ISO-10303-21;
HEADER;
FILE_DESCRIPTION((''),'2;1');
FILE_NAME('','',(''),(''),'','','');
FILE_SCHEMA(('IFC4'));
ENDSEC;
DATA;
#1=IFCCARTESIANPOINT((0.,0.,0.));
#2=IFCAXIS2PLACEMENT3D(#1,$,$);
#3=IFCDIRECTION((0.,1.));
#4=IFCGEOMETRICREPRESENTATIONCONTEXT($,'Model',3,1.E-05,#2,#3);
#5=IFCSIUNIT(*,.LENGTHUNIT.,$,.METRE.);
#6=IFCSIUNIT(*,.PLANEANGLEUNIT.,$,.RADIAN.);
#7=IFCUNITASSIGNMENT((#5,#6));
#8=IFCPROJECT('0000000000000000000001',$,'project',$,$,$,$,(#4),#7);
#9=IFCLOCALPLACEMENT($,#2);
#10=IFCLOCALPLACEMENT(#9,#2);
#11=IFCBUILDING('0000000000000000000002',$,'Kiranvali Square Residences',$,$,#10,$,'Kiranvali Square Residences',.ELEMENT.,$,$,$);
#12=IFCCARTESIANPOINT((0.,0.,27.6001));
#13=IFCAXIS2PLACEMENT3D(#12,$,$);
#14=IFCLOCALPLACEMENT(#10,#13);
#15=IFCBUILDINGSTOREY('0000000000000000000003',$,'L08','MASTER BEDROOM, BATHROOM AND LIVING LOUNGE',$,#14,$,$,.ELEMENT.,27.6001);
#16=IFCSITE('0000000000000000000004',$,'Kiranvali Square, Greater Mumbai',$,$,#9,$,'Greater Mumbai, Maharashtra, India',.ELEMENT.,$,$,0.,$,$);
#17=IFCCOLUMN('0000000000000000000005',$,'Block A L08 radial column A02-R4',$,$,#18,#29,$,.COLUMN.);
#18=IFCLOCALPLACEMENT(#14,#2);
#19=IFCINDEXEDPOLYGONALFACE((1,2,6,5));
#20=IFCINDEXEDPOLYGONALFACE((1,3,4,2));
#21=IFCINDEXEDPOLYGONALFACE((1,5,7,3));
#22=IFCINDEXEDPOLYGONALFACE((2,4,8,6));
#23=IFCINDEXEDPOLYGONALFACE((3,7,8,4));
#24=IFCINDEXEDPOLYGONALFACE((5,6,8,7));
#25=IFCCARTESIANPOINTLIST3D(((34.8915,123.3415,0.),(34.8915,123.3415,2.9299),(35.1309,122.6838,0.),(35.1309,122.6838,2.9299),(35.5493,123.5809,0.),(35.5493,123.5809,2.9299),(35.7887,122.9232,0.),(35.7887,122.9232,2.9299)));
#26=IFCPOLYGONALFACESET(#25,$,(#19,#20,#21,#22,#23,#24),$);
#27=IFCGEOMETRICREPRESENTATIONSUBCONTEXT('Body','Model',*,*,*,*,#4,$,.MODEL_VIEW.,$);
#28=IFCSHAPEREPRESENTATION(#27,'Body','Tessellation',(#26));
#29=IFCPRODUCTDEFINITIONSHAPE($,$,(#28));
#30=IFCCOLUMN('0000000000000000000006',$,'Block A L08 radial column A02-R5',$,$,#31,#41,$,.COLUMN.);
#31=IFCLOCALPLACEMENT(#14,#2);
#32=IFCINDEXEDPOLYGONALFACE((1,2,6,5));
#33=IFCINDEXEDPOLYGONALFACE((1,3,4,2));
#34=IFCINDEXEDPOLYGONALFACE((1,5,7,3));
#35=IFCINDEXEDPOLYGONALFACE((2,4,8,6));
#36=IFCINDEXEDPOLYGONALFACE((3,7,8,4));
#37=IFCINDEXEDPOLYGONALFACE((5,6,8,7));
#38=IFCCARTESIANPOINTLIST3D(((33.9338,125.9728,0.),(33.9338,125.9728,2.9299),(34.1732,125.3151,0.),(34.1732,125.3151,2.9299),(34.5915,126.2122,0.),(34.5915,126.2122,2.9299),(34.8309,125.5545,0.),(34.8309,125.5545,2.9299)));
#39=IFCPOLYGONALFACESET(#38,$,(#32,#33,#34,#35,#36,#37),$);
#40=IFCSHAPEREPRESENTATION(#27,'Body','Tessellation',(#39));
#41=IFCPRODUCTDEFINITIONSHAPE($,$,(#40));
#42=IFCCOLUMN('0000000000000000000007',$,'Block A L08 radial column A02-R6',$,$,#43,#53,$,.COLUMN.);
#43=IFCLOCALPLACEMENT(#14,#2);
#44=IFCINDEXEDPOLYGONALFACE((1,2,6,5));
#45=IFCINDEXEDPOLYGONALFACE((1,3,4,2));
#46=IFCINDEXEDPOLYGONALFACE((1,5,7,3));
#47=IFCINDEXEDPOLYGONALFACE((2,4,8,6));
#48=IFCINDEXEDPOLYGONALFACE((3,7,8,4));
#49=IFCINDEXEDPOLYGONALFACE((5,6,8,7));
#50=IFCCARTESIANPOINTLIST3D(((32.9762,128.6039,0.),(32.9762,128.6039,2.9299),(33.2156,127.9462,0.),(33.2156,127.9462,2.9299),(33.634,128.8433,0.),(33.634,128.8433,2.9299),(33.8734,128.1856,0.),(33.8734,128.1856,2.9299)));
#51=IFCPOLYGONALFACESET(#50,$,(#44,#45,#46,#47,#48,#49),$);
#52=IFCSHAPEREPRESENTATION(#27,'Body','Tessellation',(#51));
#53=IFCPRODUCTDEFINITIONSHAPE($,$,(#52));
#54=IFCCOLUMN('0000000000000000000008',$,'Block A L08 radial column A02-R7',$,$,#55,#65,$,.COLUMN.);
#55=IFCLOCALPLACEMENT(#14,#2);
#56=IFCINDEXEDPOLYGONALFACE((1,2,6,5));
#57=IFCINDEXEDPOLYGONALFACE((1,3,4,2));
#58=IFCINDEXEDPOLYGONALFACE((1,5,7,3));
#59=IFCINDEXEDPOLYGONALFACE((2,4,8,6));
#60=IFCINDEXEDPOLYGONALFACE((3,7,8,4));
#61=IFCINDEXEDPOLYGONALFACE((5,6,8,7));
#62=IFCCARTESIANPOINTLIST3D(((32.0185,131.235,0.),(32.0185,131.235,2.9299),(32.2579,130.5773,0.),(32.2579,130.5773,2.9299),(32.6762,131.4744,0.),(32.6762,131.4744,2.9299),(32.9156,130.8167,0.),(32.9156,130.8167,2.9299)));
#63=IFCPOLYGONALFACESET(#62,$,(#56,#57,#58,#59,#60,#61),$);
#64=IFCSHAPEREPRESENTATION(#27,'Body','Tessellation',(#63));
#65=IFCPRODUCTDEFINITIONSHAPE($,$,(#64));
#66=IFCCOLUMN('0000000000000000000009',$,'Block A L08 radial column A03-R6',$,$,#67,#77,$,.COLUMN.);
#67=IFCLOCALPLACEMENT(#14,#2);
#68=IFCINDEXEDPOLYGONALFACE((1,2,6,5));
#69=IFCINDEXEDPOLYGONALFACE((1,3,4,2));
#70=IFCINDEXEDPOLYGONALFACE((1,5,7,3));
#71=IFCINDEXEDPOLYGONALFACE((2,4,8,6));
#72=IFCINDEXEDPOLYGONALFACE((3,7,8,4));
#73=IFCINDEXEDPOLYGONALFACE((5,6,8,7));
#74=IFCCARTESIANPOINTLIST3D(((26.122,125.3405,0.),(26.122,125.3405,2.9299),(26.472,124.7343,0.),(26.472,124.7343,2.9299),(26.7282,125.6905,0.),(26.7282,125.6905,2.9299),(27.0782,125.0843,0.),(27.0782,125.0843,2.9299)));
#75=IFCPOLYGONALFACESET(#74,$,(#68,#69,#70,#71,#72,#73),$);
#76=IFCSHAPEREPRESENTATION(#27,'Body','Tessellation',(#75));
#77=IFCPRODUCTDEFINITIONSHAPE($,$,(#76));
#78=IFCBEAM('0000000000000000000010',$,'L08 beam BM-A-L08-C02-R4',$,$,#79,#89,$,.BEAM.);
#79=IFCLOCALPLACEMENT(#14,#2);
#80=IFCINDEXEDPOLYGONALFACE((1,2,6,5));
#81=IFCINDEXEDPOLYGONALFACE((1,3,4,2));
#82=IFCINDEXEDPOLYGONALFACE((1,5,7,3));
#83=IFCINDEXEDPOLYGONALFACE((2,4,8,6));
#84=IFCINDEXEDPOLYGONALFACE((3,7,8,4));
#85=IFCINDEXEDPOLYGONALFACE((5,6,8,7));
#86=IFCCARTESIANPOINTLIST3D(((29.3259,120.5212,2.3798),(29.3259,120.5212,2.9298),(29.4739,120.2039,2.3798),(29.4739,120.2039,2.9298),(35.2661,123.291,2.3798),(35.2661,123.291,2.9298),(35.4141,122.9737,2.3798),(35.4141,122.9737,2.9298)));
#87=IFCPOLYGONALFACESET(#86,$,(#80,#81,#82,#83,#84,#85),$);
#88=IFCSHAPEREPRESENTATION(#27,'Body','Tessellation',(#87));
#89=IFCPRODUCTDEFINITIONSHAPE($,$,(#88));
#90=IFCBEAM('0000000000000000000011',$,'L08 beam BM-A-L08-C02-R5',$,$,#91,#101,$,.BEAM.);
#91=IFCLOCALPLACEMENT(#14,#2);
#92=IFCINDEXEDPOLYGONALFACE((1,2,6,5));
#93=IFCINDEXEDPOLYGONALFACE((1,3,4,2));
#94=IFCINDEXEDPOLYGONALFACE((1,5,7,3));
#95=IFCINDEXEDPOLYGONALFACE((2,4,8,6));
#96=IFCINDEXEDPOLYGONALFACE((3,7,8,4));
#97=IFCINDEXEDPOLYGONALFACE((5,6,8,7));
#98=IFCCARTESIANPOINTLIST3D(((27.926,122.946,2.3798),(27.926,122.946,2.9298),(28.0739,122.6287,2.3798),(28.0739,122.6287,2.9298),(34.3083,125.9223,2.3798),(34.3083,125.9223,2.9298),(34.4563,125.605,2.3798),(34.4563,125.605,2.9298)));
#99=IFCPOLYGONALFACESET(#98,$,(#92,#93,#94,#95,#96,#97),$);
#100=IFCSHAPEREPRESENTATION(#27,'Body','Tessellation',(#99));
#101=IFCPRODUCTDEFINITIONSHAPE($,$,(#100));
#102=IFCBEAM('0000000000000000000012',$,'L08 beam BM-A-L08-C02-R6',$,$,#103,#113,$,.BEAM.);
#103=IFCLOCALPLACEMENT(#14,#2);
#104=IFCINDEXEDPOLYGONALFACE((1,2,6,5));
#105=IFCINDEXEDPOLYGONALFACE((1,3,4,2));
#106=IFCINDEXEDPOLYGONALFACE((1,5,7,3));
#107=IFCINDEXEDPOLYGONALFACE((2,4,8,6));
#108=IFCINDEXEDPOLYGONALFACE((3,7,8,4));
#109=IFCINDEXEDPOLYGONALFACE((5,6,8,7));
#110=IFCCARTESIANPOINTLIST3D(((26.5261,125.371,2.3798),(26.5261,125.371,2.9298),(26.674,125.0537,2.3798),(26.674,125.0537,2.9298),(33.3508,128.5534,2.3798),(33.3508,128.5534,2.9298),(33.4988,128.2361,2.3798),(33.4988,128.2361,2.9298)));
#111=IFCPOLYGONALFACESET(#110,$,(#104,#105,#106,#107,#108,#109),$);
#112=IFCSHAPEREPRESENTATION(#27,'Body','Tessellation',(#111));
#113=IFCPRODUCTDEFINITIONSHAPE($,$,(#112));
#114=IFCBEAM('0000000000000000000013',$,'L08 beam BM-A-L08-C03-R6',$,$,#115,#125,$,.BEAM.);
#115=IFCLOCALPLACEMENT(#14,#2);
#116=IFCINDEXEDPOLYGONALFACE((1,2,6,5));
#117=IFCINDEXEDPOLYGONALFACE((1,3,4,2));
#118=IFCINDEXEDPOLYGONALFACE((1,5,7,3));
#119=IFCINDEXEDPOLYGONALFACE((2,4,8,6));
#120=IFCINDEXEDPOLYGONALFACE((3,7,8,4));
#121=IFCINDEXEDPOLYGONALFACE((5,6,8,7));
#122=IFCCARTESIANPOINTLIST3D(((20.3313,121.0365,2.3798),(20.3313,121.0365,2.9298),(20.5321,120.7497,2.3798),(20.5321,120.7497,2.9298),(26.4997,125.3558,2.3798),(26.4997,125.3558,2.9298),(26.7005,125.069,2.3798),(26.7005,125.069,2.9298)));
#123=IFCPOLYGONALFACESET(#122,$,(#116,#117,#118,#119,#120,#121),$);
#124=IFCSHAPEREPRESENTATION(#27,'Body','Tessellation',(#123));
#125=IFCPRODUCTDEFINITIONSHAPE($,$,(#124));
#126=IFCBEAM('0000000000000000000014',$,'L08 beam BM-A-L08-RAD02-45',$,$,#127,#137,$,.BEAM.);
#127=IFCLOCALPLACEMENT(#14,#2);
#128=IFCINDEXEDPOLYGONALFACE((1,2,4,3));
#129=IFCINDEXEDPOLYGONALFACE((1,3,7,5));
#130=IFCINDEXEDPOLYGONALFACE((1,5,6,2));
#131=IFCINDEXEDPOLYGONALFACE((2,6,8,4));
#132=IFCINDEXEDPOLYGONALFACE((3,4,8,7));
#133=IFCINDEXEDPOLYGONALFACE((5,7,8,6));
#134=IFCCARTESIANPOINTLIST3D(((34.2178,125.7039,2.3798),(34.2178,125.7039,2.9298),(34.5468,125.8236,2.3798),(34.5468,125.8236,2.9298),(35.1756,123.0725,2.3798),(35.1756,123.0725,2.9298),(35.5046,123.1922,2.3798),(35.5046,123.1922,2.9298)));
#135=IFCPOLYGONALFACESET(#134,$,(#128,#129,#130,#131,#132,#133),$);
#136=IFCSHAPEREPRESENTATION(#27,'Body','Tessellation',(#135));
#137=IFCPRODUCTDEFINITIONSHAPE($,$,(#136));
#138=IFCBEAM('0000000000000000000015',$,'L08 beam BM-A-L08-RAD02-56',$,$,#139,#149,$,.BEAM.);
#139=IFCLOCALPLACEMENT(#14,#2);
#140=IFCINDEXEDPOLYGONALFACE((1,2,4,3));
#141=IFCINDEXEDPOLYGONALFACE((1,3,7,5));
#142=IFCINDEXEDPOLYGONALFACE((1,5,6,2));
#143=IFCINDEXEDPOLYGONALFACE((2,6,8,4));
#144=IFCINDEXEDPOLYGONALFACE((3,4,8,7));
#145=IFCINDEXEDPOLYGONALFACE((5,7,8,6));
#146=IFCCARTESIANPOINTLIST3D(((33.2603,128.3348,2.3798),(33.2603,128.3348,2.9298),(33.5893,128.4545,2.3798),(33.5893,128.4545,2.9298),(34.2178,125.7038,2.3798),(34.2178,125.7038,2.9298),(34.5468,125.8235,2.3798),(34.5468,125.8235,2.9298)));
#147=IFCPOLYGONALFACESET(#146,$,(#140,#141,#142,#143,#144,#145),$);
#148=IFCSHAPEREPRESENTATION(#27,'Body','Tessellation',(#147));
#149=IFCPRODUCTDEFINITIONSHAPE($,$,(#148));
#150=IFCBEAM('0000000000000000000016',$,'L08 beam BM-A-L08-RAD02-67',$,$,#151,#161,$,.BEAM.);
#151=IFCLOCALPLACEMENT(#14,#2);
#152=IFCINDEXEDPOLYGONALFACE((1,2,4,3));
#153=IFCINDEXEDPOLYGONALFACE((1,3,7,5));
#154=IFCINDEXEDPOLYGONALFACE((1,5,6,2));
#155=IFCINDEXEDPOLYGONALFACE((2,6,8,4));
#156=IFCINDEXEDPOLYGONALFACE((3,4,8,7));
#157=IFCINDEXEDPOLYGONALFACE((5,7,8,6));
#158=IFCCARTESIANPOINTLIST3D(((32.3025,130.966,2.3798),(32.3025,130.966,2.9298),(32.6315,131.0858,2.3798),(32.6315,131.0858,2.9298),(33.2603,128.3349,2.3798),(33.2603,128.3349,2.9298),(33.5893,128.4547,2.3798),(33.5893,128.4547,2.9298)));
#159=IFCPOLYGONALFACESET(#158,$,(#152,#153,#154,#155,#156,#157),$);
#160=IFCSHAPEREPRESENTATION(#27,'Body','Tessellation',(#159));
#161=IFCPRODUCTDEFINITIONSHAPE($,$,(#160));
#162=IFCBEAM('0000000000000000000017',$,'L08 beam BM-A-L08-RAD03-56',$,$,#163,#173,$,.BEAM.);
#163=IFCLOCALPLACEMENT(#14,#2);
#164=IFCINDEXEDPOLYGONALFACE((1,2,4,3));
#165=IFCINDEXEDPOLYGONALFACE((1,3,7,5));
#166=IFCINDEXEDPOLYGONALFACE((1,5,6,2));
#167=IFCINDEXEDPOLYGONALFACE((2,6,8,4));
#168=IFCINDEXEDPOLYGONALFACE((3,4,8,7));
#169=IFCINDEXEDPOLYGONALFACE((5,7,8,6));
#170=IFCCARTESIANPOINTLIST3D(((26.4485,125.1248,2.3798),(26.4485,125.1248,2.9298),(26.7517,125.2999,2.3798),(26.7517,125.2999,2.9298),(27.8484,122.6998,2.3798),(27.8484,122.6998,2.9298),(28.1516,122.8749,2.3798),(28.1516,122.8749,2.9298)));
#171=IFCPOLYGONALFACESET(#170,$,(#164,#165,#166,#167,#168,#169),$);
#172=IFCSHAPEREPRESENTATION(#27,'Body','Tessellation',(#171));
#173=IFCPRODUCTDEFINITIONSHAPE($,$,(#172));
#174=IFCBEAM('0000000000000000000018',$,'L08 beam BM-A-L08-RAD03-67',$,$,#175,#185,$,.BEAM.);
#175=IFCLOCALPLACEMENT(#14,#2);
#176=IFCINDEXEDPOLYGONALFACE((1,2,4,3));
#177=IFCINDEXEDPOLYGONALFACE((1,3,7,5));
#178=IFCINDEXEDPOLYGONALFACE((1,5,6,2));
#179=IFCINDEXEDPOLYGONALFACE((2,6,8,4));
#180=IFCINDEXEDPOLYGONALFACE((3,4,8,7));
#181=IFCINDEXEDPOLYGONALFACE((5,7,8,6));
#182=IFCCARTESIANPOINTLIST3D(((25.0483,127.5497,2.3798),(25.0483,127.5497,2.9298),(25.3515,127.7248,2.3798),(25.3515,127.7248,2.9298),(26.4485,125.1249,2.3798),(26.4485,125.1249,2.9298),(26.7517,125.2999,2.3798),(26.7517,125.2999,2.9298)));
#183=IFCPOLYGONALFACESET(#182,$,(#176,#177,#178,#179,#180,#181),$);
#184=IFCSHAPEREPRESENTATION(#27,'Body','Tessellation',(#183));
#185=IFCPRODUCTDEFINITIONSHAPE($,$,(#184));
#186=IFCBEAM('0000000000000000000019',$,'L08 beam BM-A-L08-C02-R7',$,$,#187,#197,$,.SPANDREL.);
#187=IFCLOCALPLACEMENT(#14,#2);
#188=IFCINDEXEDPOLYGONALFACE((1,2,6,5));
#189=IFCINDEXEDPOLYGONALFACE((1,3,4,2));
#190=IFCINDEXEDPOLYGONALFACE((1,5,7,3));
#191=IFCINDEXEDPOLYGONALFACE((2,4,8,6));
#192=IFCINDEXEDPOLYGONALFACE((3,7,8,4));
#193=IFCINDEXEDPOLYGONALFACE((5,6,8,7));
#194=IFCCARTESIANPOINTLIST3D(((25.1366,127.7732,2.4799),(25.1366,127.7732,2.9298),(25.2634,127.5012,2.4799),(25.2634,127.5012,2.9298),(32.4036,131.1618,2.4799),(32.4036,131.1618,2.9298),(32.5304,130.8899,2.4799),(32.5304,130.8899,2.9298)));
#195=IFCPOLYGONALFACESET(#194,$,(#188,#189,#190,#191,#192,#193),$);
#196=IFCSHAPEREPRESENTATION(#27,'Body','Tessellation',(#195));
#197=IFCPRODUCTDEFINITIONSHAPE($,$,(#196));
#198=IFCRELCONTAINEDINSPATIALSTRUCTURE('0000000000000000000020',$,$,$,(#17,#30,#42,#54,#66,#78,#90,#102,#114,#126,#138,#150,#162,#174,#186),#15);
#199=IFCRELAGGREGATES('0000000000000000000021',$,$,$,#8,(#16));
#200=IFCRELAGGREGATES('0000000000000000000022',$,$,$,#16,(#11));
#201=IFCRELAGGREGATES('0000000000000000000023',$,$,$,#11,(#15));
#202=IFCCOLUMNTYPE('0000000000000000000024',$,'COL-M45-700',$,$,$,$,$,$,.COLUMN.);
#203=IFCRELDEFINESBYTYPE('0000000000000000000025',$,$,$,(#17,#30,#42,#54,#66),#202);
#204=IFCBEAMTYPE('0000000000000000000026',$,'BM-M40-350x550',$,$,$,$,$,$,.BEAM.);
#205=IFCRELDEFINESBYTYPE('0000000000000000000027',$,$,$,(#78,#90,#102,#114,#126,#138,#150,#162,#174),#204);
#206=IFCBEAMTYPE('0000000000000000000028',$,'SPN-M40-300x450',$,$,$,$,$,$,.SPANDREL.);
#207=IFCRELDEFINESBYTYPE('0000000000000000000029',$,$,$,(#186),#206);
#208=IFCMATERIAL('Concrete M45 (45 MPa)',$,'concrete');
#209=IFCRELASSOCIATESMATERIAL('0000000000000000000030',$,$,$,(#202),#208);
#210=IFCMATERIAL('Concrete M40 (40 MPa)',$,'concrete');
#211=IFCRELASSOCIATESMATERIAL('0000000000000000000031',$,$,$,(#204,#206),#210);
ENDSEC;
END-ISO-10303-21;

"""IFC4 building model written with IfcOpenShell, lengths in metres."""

from ifc_helpers import new_model, si_unit, direction, frame, origin, origin_2d, place, context, subcontext, project, spatial, rectangle, extrude, material, material_profile, profile_set, type_object, element, save


model = new_model("IFC4")

# Units and contexts
model_context = context("Model", 3, precision=1e-05, world=origin(), true_north=direction((0.0, 1.0)))
body_context = subcontext(model_context, "Body", "Model", "MODEL_VIEW")
ifc_project = project(units=[si_unit("LENGTHUNIT", "METRE"), si_unit("PLANEANGLEUNIT", "RADIAN")], contexts=[model_context])

# Site, building, storey
site_placement = place(None, origin())
site = spatial("IfcSite", under=ifc_project, at=site_placement, Name="Kiranvali Square, Greater Mumbai", LongName="Greater Mumbai, Maharashtra, India", CompositionType="ELEMENT", RefElevation=0.0)
building_placement = place(site_placement, origin())
building = spatial("IfcBuilding", under=site, at=building_placement, Name="Kiranvali Square Residences", LongName="Kiranvali Square Residences", CompositionType="ELEMENT")
storey_placement = place(building_placement, frame((0.0, 0.0, 27.6001)))
storey = spatial("IfcBuildingStorey", under=building, at=storey_placement, Name="L08", Description="MASTER BEDROOM, BATHROOM AND LIVING LOUNGE", CompositionType="ELEMENT", Elevation=27.6001)

# Columns
ifc_material_1 = material(Name="Concrete M45 (45 MPa)", Category="concrete")
ifc_material_profile_1 = material_profile(ifc_material_1, rectangle(XDim=0.7, YDim=0.7, at=origin_2d()), Name="RC 700x700")
ifc_profile_set_1 = profile_set([ifc_material_profile_1], Name="Concrete M45 (45 MPa)")
column_type = type_object("IfcColumnType", Name="COL-M45-700", PredefinedType="COLUMN", material=ifc_profile_set_1)
for number, where, z_axis, x_axis, name in (
    (1, (35.3401, 123.1323, 0.0), (0.0, 0.0, 1.0), (0.939693, 0.34202, 0.0), "Block A L08 radial column A02-R4"),
    (2, (34.3823, 125.7637, 0.0), (0.0, 0.0, 1.0), (0.939693, 0.34202, 0.0), "Block A L08 radial column A02-R5"),
    (3, (33.4248, 128.3948, 0.0), (0.0, 0.0, 1.0), (0.939693, 0.34202, 0.0), "Block A L08 radial column A02-R6"),
    (4, (32.467, 131.0259, 0.0), (0.0, 0.0, 1.0), (0.939693, 0.34202, 0.0), "Block A L08 radial column A02-R7"),
    (5, (26.6001, 125.2124, 0.0), (0.0, 0.0, 1.0), (0.866025, 0.5, 0.0), "Block A L08 radial column A03-R6"),
):
    element("IfcColumn", number, at=place(storey_placement, frame(where, z_axis=z_axis, x_axis=x_axis)), inside=storey, type_object=column_type, Name=name, PredefinedType="COLUMN", context=body_context, shape_type="SweptSolid", body=[
        extrude(rectangle(XDim=0.7, YDim=0.7, at=origin_2d()), origin(), (0.0, 0.0, 1.0), 2.9299),
    ])

# Beams
ifc_material_2 = material(Name="Concrete M40 (40 MPa)", Category="concrete")
ifc_material_profile_2 = material_profile(ifc_material_2, rectangle(XDim=0.3501, YDim=0.55, at=origin_2d()), Name="RC 350x550")
ifc_profile_set_2 = profile_set([ifc_material_profile_2], Name="Concrete M40 (40 MPa)")
beam_type_1 = type_object("IfcBeamType", Name="BM-M40-350x550", PredefinedType="BEAM", material=ifc_profile_set_2)
beam_1_placement = place(storey_placement, frame((35.3401, 123.1323, 2.6548), z_axis=(-0.906318, -0.422596, 0.0), x_axis=(0.422596, -0.906318, 0.0)))
element("IfcBeam", 6, at=beam_1_placement, inside=storey, type_object=beam_type_1, Name="L08 beam BM-A-L08-C02-R4", PredefinedType="BEAM", context=body_context, shape_type="SweptSolid", body=[
    extrude(rectangle(XDim=0.3501, YDim=0.55, at=origin_2d()), origin(), (0.0, 0.0, 1.0), 6.5542),
])
beam_2_placement = place(storey_placement, frame((34.3823, 125.7637, 2.6548), z_axis=(-0.906297, -0.422641, 0.0), x_axis=(0.422641, -0.906297, 0.0)))
element("IfcBeam", 7, at=beam_2_placement, inside=storey, type_object=beam_type_1, Name="L08 beam BM-A-L08-C02-R5", PredefinedType="BEAM", context=body_context, shape_type="SweptSolid", body=[
    extrude(rectangle(XDim=0.3501, YDim=0.55, at=origin_2d()), origin(), (0.0, 0.0, 1.0), 7.0422),
])
for number, where, z_axis, x_axis, name in (
    (8, (33.4248, 128.3948, 2.6548), (-0.90631, -0.422614, 0.0), (0.422614, -0.90631, 0.0), "L08 beam BM-A-L08-C02-R6"),
    (9, (26.6001, 125.2124, 2.6548), (-0.819144, -0.573589, 0.0), (0.573589, -0.819144, 0.0), "L08 beam BM-A-L08-C03-R6"),
):
    element("IfcBeam", number, at=place(storey_placement, frame(where, z_axis=z_axis, x_axis=x_axis)), inside=storey, type_object=beam_type_1, Name=name, PredefinedType="BEAM", context=body_context, shape_type="SweptSolid", body=[
        extrude(rectangle(XDim=0.3501, YDim=0.55, at=origin_2d()), origin(), (0.0, 0.0, 1.0), 7.5303),
    ])
beam_3_placement = place(storey_placement, frame((35.3401, 123.1323, 2.6548), z_axis=(-0.34203, 0.939689, 0.0), x_axis=(-0.939689, -0.34203, 0.0)))
element("IfcBeam", 10, at=beam_3_placement, inside=storey, type_object=beam_type_1, Name="L08 beam BM-A-L08-RAD02-45", PredefinedType="BEAM", context=body_context, shape_type="SweptSolid", body=[
    extrude(rectangle(XDim=0.3501, YDim=0.55, at=origin_2d()), origin(), (0.0, 0.0, 1.0), 2.8003),
])
beam_4_placement = place(storey_placement, frame((34.3823, 125.7637, 2.6548), z_axis=(-0.341981, 0.939707, 0.0), x_axis=(-0.939707, -0.341981, 0.0)))
element("IfcBeam", 11, at=beam_4_placement, inside=storey, type_object=beam_type_1, Name="L08 beam BM-A-L08-RAD02-56", PredefinedType="BEAM", context=body_context, shape_type="SweptSolid", body=[
    extrude(rectangle(XDim=0.3501, YDim=0.55, at=origin_2d()), origin(), (0.0, 0.0, 1.0), 2.7998),
])
for number, where, z_axis, x_axis, name in (
    (12, (33.4248, 128.3948, 2.6548), (-0.342058, 0.939679, 0.0), (-0.939679, -0.342058, 0.0), "L08 beam BM-A-L08-RAD02-67"),
    (13, (28.0, 122.7874, 2.6548), (-0.499946, 0.866056, 0.0), (-0.866056, -0.499946, 0.0), "L08 beam BM-A-L08-RAD03-56"),
    (14, (26.6001, 125.2124, 2.6548), (-0.50005, 0.865997, 0.0), (-0.865997, -0.50005, 0.0), "L08 beam BM-A-L08-RAD03-67"),
):
    element("IfcBeam", number, at=place(storey_placement, frame(where, z_axis=z_axis, x_axis=x_axis)), inside=storey, type_object=beam_type_1, Name=name, PredefinedType="BEAM", context=body_context, shape_type="SweptSolid", body=[
        extrude(rectangle(XDim=0.3501, YDim=0.55, at=origin_2d()), origin(), (0.0, 0.0, 1.0), 2.8),
    ])
ifc_material_profile_3 = material_profile(ifc_material_2, rectangle(XDim=0.3, YDim=0.45, at=origin_2d()), Name="RC 300x450")
ifc_profile_set_3 = profile_set([ifc_material_profile_3], Name="Concrete M40 (40 MPa)")
beam_type_2 = type_object("IfcBeamType", Name="SPN-M40-300x450", PredefinedType="SPANDREL", material=ifc_profile_set_3)
beam_5_placement = place(storey_placement, frame((32.467, 131.0259, 2.7048), z_axis=(-0.906309, -0.422615, 0.0), x_axis=(0.422615, -0.906309, 0.0)))
element("IfcBeam", 15, at=beam_5_placement, inside=storey, type_object=beam_type_2, Name="L08 beam BM-A-L08-C02-R7", PredefinedType="SPANDREL", context=body_context, shape_type="SweptSolid", body=[
    extrude(rectangle(XDim=0.3, YDim=0.45, at=origin_2d()), origin(), (0.0, 0.0, 1.0), 8.0183),
])

save(model, "model.ifc")
